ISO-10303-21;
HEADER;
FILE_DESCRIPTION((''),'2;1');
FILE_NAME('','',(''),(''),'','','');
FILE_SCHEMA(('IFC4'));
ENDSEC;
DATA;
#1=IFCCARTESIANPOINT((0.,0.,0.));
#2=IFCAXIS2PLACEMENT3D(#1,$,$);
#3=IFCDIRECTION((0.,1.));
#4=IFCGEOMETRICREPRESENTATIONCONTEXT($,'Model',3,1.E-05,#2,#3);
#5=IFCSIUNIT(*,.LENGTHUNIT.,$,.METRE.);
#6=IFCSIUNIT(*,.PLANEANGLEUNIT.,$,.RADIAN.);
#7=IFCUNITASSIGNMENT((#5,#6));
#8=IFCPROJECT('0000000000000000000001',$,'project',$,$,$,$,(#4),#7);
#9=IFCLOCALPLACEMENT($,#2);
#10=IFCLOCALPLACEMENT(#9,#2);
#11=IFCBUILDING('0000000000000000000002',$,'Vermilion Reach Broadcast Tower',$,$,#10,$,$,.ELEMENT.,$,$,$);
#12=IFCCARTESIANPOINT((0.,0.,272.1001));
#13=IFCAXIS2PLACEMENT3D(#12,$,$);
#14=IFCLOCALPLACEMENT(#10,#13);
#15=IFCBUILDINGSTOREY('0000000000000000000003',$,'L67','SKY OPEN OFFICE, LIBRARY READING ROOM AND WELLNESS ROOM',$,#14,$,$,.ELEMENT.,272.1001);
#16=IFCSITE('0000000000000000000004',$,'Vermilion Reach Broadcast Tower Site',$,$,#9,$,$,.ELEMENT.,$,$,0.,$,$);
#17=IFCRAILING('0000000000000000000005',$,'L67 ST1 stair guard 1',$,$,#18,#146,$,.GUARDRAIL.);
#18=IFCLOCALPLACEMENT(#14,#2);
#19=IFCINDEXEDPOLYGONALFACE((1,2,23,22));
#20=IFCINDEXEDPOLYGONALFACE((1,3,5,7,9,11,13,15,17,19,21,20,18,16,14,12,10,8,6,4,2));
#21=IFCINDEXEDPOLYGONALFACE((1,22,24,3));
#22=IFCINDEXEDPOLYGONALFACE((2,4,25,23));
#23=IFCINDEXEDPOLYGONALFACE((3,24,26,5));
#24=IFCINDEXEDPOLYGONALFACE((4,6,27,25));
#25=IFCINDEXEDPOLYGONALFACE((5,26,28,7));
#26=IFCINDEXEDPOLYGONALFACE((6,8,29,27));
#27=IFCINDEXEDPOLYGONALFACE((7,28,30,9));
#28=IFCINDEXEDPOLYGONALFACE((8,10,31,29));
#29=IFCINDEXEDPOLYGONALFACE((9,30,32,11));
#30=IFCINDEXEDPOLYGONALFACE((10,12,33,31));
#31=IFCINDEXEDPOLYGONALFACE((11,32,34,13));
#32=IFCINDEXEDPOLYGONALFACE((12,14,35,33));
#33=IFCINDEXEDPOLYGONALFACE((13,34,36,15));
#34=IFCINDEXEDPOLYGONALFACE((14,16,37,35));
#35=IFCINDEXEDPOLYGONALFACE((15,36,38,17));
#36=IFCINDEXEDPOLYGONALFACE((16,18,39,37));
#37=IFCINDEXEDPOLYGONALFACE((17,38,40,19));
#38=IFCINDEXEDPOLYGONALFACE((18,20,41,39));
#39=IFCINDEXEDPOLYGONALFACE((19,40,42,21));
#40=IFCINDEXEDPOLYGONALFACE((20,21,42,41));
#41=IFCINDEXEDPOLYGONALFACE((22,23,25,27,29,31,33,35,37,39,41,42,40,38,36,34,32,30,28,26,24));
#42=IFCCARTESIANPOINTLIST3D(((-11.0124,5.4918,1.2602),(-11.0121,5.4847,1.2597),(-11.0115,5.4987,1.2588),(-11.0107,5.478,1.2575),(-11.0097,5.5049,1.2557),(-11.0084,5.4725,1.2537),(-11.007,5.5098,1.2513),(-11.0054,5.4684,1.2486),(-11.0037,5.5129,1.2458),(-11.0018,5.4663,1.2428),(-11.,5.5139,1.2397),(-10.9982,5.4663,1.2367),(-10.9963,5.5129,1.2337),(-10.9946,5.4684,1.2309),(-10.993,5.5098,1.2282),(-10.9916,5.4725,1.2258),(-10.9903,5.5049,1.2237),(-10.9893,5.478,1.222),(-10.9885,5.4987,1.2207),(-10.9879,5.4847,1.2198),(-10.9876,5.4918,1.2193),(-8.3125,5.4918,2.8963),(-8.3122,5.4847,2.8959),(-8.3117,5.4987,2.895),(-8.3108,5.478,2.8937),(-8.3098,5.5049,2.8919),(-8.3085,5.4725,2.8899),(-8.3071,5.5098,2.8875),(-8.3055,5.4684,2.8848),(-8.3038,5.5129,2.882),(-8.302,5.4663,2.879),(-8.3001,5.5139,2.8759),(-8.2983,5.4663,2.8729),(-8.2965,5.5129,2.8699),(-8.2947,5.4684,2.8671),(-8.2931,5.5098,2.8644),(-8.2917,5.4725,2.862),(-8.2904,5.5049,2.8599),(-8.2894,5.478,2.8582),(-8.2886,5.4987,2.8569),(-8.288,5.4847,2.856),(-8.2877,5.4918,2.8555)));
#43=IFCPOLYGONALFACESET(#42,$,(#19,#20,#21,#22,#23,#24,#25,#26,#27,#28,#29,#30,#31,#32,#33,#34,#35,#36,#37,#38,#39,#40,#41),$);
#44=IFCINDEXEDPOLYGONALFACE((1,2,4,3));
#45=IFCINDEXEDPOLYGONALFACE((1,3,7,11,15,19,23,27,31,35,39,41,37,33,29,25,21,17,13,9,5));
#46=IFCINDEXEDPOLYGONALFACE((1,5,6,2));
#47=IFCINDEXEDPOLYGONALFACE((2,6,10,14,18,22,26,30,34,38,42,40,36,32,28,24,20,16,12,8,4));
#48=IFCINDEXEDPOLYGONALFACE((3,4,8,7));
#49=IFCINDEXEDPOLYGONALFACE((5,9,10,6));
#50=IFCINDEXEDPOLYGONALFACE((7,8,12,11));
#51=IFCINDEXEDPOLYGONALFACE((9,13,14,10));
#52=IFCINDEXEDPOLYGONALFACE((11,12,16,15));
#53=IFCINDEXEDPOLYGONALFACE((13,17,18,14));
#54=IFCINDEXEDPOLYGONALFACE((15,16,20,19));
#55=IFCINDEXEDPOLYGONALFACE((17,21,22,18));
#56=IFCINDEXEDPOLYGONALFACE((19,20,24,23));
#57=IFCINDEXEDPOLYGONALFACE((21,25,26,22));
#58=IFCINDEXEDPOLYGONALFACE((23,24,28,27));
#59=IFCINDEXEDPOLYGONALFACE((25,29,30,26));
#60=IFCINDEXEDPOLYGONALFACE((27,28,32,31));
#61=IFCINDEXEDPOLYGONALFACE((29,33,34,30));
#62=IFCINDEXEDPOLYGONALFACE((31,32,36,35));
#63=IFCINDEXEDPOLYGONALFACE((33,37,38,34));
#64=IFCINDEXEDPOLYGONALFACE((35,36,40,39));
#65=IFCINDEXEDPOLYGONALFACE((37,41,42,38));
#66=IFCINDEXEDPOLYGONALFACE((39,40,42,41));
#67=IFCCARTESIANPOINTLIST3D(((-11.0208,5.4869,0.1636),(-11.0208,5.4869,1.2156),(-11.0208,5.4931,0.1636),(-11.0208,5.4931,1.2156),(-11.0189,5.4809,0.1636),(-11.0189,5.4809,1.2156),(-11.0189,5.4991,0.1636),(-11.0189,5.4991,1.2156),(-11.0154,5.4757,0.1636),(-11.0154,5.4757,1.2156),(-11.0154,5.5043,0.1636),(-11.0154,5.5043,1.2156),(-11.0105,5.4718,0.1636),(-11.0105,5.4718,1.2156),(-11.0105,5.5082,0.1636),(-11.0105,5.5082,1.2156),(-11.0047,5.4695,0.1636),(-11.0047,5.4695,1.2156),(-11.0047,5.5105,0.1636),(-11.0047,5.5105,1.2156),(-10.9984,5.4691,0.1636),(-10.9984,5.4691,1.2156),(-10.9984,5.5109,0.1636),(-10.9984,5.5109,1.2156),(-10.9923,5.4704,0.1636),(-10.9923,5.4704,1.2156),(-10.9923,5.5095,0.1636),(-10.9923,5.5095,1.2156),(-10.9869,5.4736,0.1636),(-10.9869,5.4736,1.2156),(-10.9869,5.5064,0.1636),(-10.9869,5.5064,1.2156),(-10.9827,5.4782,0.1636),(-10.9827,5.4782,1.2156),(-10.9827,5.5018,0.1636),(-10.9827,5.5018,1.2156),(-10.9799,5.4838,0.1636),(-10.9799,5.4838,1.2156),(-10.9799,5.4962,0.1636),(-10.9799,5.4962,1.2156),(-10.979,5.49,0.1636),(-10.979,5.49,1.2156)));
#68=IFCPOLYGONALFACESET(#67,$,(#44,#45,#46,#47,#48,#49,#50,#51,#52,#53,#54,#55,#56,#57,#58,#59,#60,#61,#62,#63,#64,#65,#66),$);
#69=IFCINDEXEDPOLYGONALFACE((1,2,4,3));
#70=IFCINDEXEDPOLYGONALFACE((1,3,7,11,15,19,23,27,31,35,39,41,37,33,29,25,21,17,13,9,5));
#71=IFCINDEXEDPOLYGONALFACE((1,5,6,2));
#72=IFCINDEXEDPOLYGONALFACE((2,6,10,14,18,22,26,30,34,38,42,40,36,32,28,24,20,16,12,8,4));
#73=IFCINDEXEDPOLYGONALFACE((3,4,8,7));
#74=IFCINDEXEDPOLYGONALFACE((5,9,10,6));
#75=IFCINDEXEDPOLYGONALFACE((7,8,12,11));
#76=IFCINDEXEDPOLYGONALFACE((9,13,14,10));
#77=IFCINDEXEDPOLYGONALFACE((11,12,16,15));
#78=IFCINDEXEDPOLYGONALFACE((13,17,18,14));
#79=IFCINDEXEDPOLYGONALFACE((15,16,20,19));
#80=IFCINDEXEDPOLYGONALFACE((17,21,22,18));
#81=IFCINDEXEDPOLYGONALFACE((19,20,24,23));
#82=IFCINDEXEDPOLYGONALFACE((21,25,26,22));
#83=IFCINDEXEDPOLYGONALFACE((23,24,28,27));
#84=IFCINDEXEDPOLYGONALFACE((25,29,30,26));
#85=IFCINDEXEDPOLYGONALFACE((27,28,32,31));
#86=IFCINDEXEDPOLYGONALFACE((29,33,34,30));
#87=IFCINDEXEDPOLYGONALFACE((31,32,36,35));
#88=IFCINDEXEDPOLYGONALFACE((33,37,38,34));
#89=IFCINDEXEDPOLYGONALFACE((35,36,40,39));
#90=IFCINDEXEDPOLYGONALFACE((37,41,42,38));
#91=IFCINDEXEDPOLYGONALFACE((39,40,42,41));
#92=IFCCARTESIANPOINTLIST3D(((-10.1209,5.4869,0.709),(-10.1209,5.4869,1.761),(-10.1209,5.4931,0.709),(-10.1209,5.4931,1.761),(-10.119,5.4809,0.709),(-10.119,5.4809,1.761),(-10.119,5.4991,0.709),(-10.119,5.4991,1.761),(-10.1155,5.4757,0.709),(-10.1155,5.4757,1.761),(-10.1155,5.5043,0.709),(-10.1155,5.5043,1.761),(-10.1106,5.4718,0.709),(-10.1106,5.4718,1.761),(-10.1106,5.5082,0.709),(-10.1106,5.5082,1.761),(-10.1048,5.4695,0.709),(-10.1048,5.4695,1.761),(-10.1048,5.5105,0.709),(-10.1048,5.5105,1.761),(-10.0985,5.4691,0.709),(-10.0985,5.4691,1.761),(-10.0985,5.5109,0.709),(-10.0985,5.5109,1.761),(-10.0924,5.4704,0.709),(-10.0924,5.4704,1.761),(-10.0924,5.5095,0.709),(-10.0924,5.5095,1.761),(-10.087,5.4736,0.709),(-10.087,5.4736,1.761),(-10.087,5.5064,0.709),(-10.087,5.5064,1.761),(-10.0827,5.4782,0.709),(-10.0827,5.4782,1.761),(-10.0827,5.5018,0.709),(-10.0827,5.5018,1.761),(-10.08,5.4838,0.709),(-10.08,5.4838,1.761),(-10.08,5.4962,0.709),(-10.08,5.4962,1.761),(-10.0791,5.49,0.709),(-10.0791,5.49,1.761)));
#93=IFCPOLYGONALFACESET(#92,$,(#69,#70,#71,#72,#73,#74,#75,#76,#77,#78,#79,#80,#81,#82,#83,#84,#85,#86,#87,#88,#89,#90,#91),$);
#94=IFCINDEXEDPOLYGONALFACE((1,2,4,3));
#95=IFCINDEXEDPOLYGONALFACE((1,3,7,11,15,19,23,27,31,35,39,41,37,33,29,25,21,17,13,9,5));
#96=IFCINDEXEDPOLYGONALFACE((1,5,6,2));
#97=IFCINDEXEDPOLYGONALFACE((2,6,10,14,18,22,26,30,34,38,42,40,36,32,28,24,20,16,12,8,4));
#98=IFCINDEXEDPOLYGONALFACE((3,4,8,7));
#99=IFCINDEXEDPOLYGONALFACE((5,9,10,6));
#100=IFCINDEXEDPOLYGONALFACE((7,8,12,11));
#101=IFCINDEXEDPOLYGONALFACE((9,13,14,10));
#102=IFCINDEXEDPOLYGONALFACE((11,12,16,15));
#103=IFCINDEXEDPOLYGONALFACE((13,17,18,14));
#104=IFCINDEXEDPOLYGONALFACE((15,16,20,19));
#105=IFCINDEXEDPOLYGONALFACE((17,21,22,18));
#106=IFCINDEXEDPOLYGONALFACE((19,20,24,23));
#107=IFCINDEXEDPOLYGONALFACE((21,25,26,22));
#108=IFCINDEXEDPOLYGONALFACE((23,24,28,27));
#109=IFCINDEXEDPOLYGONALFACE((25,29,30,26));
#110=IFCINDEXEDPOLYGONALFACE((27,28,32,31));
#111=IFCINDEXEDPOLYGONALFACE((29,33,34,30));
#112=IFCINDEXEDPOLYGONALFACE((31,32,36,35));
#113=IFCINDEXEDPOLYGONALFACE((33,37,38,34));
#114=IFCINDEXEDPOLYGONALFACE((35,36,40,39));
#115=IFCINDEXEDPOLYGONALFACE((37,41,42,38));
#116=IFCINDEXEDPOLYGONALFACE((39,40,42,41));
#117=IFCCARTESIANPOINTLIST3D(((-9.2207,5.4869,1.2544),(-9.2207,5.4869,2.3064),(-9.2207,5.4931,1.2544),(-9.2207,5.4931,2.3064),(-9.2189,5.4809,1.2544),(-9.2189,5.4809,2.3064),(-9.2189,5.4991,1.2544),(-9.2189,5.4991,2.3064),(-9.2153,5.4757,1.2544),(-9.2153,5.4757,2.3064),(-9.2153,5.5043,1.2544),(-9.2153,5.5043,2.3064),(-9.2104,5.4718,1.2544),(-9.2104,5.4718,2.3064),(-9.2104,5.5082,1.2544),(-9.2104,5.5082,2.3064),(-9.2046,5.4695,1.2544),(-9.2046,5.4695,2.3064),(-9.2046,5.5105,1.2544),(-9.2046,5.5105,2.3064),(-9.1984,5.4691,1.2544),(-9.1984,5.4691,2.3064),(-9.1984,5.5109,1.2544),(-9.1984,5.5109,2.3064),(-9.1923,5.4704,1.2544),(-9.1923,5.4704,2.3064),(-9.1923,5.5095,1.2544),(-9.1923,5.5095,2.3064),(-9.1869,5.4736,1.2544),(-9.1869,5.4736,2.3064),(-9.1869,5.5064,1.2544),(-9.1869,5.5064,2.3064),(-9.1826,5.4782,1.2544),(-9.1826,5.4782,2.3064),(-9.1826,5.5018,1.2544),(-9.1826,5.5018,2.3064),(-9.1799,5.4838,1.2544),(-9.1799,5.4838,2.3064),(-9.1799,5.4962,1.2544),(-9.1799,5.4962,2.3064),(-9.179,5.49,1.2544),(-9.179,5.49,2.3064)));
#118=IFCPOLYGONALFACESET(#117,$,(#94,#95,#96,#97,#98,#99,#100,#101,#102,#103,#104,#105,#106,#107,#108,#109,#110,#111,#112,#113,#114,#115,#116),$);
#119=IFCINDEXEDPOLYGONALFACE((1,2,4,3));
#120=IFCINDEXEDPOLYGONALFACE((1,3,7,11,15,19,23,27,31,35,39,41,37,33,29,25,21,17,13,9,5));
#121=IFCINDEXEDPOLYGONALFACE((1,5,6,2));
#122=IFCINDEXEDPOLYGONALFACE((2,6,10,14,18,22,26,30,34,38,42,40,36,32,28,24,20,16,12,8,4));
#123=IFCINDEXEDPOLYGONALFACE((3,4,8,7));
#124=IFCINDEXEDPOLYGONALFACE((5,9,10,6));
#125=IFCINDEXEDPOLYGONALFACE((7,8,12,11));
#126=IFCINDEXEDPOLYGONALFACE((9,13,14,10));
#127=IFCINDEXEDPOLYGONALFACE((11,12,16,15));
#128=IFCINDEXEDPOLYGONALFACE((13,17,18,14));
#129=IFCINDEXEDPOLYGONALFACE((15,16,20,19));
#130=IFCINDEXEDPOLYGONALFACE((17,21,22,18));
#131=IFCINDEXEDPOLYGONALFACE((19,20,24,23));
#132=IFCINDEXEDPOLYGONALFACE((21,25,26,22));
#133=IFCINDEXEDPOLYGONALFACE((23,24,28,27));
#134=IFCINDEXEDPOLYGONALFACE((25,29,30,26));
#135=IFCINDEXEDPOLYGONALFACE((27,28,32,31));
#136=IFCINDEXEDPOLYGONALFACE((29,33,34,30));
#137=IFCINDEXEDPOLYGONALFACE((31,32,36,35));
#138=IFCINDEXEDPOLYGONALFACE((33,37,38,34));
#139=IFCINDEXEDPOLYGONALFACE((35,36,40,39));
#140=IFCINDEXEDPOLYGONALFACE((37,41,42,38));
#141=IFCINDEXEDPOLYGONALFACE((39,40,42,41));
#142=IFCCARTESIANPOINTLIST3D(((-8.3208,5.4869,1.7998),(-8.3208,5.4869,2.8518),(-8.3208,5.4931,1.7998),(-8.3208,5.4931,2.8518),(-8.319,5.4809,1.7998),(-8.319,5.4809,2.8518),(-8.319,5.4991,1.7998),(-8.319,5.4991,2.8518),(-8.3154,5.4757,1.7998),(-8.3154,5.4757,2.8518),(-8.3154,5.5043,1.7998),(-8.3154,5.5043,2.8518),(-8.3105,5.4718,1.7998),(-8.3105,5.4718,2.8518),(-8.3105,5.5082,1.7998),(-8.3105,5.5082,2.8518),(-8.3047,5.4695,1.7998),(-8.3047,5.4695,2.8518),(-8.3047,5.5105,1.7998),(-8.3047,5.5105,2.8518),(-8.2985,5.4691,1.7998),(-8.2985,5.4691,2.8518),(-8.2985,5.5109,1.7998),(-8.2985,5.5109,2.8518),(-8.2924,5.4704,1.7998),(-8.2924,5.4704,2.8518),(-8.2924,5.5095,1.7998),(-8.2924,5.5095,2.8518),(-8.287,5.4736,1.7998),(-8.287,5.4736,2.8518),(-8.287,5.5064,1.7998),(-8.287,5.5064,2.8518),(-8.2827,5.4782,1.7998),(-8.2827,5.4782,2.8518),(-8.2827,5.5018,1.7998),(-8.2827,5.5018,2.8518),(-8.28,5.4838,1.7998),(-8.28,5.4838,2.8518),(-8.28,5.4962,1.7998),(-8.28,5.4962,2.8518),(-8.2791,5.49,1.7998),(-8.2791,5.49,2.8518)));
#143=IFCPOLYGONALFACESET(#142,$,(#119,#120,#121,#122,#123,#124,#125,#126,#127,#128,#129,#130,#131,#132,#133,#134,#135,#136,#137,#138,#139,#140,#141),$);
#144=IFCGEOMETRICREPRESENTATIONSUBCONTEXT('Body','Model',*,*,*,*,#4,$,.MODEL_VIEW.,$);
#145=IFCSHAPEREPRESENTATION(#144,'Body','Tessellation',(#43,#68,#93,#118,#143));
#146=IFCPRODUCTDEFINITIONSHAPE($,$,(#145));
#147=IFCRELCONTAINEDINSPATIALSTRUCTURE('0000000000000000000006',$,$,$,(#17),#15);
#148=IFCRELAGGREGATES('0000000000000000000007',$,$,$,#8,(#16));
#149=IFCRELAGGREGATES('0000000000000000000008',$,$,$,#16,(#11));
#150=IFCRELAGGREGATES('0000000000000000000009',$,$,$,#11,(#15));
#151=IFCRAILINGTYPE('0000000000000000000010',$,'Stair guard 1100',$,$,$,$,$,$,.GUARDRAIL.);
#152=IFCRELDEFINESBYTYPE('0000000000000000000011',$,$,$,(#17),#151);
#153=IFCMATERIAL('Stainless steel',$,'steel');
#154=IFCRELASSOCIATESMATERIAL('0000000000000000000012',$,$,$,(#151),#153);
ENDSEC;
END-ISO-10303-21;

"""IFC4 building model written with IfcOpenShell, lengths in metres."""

from ifc_helpers import new_model, si_unit, direction, frame, origin, origin_2d, place, context, subcontext, project, spatial, circle, extrude, material, type_object, element, save


model = new_model("IFC4")

# Units and contexts
model_context = context("Model", 3, precision=1e-05, world=origin(), true_north=direction((0.0, 1.0)))
body_context = subcontext(model_context, "Body", "Model", "MODEL_VIEW")
ifc_project = project(units=[si_unit("LENGTHUNIT", "METRE"), si_unit("PLANEANGLEUNIT", "RADIAN")], contexts=[model_context])

# Site, building, storey
site_placement = place(None, origin())
site = spatial("IfcSite", under=ifc_project, at=site_placement, Name="Vermilion Reach Broadcast Tower Site", CompositionType="ELEMENT", RefElevation=0.0)
building_placement = place(site_placement, origin())
building = spatial("IfcBuilding", under=site, at=building_placement, Name="Vermilion Reach Broadcast Tower", CompositionType="ELEMENT")
storey_placement = place(building_placement, frame((0.0, 0.0, 272.1001)))
storey = spatial("IfcBuildingStorey", under=building, at=storey_placement, Name="L67", Description="SKY OPEN OFFICE, LIBRARY READING ROOM AND WELLNESS ROOM", CompositionType="ELEMENT", Elevation=272.1001)

# Railing
ifc_material_1 = material(Name="Stainless steel", Category="steel")
railing_type_1 = type_object("IfcRailingType", Name="Stair guard 1100", PredefinedType="GUARDRAIL", material=ifc_material_1)
railing_1_placement = place(storey_placement, frame((-11.0, 5.49, 0.1636)))
element("IfcRailing", 1, at=railing_1_placement, inside=storey, type_object=railing_type_1, Name="L67 ST1 stair guard 1", PredefinedType="GUARDRAIL", context=body_context, shape_type="SweptSolid", body=[
    extrude(circle(Radius=0.0239, at=origin_2d()), frame((0.0, 0.0, 1.0762), z_axis=(0.855212, 0.0, 0.518278), x_axis=(0.0, 1.0, 0.0)), (0.0, 0.0, 1.0), 3.157),
    extrude(circle(Radius=0.021, at=origin_2d()), origin(), (0.0, 0.0, 1.0), 1.052),
    extrude(circle(Radius=0.021, at=origin_2d()), frame((0.8999, 0.0, 0.5454)), (0.0, 0.0, 1.0), 1.052),
    extrude(circle(Radius=0.021, at=origin_2d()), frame((1.8, 0.0, 1.0908)), (0.0, 0.0, 1.0), 1.052),
    extrude(circle(Radius=0.021, at=origin_2d()), frame((2.7, 0.0, 1.6362)), (0.0, 0.0, 1.0), 1.052),
])

save(model, "model.ifc")
